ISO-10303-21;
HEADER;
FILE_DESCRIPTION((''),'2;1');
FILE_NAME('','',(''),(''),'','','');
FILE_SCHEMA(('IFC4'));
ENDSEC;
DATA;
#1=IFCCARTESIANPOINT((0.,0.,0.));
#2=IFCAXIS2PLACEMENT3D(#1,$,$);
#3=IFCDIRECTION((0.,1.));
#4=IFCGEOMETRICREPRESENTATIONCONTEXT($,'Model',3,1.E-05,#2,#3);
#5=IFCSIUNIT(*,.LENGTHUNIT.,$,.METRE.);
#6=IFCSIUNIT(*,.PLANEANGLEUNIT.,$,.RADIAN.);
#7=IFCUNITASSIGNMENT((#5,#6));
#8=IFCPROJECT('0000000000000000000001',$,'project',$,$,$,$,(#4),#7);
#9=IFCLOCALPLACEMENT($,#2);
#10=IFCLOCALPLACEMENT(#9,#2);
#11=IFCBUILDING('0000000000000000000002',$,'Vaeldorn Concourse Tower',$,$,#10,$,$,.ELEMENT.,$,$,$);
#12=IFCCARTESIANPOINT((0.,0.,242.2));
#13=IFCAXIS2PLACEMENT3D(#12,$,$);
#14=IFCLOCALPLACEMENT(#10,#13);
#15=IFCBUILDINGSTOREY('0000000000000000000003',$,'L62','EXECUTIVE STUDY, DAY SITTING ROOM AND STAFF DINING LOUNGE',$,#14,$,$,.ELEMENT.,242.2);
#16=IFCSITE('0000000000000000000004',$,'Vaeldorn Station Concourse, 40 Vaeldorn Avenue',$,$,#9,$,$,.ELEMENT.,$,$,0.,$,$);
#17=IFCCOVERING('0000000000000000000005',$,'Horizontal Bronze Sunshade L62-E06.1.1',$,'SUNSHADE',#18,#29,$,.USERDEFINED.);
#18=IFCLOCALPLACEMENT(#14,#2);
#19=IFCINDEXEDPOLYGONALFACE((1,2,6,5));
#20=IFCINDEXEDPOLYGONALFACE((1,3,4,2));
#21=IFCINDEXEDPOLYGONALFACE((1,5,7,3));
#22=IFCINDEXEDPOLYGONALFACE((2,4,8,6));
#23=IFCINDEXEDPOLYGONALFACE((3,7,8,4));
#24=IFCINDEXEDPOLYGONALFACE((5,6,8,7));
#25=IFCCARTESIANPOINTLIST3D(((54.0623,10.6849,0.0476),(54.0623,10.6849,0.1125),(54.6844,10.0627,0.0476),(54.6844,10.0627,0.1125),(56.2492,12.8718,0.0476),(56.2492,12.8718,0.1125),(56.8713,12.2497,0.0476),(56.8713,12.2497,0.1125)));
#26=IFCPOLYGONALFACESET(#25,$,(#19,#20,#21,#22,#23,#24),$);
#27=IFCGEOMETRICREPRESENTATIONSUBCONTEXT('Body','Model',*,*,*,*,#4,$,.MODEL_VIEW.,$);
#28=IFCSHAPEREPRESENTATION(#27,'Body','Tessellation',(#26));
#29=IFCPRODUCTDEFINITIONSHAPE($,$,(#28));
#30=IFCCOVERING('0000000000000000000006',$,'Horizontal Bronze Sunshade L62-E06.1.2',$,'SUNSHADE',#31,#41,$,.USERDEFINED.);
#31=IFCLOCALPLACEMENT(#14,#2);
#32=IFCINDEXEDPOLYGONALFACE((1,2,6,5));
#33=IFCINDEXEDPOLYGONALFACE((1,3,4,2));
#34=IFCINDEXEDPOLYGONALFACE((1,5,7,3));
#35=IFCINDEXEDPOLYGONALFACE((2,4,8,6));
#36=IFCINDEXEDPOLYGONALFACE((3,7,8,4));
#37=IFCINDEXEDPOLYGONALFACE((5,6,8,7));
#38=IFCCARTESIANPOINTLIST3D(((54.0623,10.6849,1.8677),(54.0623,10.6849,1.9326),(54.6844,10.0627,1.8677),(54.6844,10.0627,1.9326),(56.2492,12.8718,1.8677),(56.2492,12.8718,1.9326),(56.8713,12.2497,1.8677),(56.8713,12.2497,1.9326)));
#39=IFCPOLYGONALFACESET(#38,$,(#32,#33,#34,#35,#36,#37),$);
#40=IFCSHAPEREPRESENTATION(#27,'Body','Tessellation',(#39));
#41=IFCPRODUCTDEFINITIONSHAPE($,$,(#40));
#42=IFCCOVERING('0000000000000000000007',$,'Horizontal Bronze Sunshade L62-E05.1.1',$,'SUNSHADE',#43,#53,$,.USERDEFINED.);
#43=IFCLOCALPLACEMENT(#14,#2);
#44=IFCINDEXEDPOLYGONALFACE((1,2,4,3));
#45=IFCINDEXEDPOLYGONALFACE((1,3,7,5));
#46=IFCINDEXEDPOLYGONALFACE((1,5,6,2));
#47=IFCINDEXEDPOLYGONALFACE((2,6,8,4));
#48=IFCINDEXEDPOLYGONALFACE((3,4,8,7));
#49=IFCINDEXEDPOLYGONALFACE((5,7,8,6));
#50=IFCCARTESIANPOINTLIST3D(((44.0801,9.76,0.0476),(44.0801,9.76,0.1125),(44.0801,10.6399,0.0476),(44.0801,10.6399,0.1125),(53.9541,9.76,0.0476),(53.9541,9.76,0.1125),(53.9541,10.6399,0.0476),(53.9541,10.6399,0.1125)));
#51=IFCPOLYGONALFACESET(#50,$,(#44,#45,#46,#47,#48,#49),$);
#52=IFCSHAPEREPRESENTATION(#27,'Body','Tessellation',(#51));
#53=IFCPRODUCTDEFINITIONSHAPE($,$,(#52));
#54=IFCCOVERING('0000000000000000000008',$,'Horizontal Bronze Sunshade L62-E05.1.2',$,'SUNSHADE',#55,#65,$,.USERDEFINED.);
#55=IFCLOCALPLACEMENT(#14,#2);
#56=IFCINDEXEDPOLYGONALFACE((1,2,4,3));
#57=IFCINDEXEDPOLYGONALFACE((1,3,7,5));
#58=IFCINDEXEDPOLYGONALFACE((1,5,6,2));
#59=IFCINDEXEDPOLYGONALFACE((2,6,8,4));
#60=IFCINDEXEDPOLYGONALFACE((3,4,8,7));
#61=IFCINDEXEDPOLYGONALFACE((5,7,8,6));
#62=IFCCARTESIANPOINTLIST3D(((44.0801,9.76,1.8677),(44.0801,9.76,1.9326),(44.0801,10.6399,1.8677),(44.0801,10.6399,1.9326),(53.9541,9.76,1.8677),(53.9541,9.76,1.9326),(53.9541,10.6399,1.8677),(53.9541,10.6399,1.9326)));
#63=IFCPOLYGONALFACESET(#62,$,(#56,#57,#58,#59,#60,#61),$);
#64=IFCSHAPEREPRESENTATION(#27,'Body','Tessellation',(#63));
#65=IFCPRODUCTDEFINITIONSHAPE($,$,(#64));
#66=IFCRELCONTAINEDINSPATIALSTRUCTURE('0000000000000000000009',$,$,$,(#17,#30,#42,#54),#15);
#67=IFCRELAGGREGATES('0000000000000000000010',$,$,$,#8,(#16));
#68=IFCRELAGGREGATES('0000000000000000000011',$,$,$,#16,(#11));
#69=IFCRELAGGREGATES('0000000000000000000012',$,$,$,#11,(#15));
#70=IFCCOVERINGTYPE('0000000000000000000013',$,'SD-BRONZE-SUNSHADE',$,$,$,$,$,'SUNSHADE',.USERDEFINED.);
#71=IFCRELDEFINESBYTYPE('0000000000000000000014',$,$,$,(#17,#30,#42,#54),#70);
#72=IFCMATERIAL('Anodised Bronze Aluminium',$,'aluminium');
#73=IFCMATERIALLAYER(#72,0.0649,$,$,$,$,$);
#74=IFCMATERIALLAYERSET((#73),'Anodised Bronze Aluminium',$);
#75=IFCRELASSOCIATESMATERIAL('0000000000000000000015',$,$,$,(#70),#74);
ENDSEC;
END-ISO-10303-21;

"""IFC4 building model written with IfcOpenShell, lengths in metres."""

from ifc_helpers import new_model, si_unit, direction, frame, origin, origin_2d, place, context, subcontext, project, spatial, rectangle, extrude, source, transform, mapped, material, layer, layer_set, type_object, element, save


model = new_model("IFC4")

# Units and contexts
model_context = context("Model", 3, precision=1e-05, world=origin(), true_north=direction((0.0, 1.0)))
body_context = subcontext(model_context, "Body", "Model", "MODEL_VIEW")
ifc_project = project(units=[si_unit("LENGTHUNIT", "METRE"), si_unit("PLANEANGLEUNIT", "RADIAN")], contexts=[model_context])

# Site, building, storey
site_placement = place(None, origin())
site = spatial("IfcSite", under=ifc_project, at=site_placement, Name="Vaeldorn Station Concourse, 40 Vaeldorn Avenue", CompositionType="ELEMENT", RefElevation=0.0)
building_placement = place(site_placement, origin())
building = spatial("IfcBuilding", under=site, at=building_placement, Name="Vaeldorn Concourse Tower", CompositionType="ELEMENT")
storey_placement = place(building_placement, frame((0.0, 0.0, 242.2)))
storey = spatial("IfcBuildingStorey", under=building, at=storey_placement, Name="L62", Description="EXECUTIVE STUDY, DAY SITTING ROOM AND STAFF DINING LOUNGE", CompositionType="ELEMENT", Elevation=242.2)

# Shared definitions
ifc_material_1 = material(Name="Anodised Bronze Aluminium", Category="aluminium")

# Coverings
ifc_layer_1 = layer(ifc_material_1, 0.0649)
ifc_layer_set_1 = layer_set([ifc_layer_1], Name="Anodised Bronze Aluminium")
covering_type = type_object("IfcCoveringType", Name="SD-BRONZE-SUNSHADE", ElementType="SUNSHADE", PredefinedType="USERDEFINED", material=ifc_layer_set_1)
shared_shape_1 = source(origin(), body_context, "Body", "SweptSolid", [
    extrude(rectangle(XDim=3.0928, YDim=0.8799, at=origin_2d()), origin(), (0.0, 0.0, 1.0), 0.0649),
])
for number, where, z_axis, x_axis, name in (
    (1, (55.4668, 11.4673, 0.0476), (0.0, 0.0, 1.0), (0.707107, 0.707107, 0.0), "Horizontal Bronze Sunshade L62-E06.1.1"),
    (2, (55.4668, 11.4673, 1.8677), (0.0, 0.0, 1.0), (0.707107, 0.707107, 0.0), "Horizontal Bronze Sunshade L62-E06.1.2"),
):
    element("IfcCovering", number, at=place(storey_placement, frame(where, z_axis=z_axis, x_axis=x_axis)), inside=storey, type_object=covering_type, Name=name, ObjectType="SUNSHADE", PredefinedType="USERDEFINED", context=body_context, shape_type="MappedRepresentation", body=[
        mapped(shared_shape_1, transform((0.0, 0.0, 0.0), scale=1.0)),
    ])
shared_shape_2 = source(origin(), body_context, "Body", "SweptSolid", [
    extrude(rectangle(XDim=9.874, YDim=0.8799, at=origin_2d()), origin(), (0.0, 0.0, 1.0), 0.0649),
])
for number, where, z_axis, x_axis, name in (
    (3, (49.0171, 10.2, 0.0476), (0.0, 0.0, 1.0), (1.0, 0.0, 0.0), "Horizontal Bronze Sunshade L62-E05.1.1"),
    (4, (49.0171, 10.2, 1.8677), (0.0, 0.0, 1.0), (1.0, 0.0, 0.0), "Horizontal Bronze Sunshade L62-E05.1.2"),
):
    element("IfcCovering", number, at=place(storey_placement, frame(where, z_axis=z_axis, x_axis=x_axis)), inside=storey, type_object=covering_type, Name=name, ObjectType="SUNSHADE", PredefinedType="USERDEFINED", context=body_context, shape_type="MappedRepresentation", body=[
        mapped(shared_shape_2, transform((0.0, 0.0, 0.0), scale=1.0)),
    ])

save(model, "model.ifc")
